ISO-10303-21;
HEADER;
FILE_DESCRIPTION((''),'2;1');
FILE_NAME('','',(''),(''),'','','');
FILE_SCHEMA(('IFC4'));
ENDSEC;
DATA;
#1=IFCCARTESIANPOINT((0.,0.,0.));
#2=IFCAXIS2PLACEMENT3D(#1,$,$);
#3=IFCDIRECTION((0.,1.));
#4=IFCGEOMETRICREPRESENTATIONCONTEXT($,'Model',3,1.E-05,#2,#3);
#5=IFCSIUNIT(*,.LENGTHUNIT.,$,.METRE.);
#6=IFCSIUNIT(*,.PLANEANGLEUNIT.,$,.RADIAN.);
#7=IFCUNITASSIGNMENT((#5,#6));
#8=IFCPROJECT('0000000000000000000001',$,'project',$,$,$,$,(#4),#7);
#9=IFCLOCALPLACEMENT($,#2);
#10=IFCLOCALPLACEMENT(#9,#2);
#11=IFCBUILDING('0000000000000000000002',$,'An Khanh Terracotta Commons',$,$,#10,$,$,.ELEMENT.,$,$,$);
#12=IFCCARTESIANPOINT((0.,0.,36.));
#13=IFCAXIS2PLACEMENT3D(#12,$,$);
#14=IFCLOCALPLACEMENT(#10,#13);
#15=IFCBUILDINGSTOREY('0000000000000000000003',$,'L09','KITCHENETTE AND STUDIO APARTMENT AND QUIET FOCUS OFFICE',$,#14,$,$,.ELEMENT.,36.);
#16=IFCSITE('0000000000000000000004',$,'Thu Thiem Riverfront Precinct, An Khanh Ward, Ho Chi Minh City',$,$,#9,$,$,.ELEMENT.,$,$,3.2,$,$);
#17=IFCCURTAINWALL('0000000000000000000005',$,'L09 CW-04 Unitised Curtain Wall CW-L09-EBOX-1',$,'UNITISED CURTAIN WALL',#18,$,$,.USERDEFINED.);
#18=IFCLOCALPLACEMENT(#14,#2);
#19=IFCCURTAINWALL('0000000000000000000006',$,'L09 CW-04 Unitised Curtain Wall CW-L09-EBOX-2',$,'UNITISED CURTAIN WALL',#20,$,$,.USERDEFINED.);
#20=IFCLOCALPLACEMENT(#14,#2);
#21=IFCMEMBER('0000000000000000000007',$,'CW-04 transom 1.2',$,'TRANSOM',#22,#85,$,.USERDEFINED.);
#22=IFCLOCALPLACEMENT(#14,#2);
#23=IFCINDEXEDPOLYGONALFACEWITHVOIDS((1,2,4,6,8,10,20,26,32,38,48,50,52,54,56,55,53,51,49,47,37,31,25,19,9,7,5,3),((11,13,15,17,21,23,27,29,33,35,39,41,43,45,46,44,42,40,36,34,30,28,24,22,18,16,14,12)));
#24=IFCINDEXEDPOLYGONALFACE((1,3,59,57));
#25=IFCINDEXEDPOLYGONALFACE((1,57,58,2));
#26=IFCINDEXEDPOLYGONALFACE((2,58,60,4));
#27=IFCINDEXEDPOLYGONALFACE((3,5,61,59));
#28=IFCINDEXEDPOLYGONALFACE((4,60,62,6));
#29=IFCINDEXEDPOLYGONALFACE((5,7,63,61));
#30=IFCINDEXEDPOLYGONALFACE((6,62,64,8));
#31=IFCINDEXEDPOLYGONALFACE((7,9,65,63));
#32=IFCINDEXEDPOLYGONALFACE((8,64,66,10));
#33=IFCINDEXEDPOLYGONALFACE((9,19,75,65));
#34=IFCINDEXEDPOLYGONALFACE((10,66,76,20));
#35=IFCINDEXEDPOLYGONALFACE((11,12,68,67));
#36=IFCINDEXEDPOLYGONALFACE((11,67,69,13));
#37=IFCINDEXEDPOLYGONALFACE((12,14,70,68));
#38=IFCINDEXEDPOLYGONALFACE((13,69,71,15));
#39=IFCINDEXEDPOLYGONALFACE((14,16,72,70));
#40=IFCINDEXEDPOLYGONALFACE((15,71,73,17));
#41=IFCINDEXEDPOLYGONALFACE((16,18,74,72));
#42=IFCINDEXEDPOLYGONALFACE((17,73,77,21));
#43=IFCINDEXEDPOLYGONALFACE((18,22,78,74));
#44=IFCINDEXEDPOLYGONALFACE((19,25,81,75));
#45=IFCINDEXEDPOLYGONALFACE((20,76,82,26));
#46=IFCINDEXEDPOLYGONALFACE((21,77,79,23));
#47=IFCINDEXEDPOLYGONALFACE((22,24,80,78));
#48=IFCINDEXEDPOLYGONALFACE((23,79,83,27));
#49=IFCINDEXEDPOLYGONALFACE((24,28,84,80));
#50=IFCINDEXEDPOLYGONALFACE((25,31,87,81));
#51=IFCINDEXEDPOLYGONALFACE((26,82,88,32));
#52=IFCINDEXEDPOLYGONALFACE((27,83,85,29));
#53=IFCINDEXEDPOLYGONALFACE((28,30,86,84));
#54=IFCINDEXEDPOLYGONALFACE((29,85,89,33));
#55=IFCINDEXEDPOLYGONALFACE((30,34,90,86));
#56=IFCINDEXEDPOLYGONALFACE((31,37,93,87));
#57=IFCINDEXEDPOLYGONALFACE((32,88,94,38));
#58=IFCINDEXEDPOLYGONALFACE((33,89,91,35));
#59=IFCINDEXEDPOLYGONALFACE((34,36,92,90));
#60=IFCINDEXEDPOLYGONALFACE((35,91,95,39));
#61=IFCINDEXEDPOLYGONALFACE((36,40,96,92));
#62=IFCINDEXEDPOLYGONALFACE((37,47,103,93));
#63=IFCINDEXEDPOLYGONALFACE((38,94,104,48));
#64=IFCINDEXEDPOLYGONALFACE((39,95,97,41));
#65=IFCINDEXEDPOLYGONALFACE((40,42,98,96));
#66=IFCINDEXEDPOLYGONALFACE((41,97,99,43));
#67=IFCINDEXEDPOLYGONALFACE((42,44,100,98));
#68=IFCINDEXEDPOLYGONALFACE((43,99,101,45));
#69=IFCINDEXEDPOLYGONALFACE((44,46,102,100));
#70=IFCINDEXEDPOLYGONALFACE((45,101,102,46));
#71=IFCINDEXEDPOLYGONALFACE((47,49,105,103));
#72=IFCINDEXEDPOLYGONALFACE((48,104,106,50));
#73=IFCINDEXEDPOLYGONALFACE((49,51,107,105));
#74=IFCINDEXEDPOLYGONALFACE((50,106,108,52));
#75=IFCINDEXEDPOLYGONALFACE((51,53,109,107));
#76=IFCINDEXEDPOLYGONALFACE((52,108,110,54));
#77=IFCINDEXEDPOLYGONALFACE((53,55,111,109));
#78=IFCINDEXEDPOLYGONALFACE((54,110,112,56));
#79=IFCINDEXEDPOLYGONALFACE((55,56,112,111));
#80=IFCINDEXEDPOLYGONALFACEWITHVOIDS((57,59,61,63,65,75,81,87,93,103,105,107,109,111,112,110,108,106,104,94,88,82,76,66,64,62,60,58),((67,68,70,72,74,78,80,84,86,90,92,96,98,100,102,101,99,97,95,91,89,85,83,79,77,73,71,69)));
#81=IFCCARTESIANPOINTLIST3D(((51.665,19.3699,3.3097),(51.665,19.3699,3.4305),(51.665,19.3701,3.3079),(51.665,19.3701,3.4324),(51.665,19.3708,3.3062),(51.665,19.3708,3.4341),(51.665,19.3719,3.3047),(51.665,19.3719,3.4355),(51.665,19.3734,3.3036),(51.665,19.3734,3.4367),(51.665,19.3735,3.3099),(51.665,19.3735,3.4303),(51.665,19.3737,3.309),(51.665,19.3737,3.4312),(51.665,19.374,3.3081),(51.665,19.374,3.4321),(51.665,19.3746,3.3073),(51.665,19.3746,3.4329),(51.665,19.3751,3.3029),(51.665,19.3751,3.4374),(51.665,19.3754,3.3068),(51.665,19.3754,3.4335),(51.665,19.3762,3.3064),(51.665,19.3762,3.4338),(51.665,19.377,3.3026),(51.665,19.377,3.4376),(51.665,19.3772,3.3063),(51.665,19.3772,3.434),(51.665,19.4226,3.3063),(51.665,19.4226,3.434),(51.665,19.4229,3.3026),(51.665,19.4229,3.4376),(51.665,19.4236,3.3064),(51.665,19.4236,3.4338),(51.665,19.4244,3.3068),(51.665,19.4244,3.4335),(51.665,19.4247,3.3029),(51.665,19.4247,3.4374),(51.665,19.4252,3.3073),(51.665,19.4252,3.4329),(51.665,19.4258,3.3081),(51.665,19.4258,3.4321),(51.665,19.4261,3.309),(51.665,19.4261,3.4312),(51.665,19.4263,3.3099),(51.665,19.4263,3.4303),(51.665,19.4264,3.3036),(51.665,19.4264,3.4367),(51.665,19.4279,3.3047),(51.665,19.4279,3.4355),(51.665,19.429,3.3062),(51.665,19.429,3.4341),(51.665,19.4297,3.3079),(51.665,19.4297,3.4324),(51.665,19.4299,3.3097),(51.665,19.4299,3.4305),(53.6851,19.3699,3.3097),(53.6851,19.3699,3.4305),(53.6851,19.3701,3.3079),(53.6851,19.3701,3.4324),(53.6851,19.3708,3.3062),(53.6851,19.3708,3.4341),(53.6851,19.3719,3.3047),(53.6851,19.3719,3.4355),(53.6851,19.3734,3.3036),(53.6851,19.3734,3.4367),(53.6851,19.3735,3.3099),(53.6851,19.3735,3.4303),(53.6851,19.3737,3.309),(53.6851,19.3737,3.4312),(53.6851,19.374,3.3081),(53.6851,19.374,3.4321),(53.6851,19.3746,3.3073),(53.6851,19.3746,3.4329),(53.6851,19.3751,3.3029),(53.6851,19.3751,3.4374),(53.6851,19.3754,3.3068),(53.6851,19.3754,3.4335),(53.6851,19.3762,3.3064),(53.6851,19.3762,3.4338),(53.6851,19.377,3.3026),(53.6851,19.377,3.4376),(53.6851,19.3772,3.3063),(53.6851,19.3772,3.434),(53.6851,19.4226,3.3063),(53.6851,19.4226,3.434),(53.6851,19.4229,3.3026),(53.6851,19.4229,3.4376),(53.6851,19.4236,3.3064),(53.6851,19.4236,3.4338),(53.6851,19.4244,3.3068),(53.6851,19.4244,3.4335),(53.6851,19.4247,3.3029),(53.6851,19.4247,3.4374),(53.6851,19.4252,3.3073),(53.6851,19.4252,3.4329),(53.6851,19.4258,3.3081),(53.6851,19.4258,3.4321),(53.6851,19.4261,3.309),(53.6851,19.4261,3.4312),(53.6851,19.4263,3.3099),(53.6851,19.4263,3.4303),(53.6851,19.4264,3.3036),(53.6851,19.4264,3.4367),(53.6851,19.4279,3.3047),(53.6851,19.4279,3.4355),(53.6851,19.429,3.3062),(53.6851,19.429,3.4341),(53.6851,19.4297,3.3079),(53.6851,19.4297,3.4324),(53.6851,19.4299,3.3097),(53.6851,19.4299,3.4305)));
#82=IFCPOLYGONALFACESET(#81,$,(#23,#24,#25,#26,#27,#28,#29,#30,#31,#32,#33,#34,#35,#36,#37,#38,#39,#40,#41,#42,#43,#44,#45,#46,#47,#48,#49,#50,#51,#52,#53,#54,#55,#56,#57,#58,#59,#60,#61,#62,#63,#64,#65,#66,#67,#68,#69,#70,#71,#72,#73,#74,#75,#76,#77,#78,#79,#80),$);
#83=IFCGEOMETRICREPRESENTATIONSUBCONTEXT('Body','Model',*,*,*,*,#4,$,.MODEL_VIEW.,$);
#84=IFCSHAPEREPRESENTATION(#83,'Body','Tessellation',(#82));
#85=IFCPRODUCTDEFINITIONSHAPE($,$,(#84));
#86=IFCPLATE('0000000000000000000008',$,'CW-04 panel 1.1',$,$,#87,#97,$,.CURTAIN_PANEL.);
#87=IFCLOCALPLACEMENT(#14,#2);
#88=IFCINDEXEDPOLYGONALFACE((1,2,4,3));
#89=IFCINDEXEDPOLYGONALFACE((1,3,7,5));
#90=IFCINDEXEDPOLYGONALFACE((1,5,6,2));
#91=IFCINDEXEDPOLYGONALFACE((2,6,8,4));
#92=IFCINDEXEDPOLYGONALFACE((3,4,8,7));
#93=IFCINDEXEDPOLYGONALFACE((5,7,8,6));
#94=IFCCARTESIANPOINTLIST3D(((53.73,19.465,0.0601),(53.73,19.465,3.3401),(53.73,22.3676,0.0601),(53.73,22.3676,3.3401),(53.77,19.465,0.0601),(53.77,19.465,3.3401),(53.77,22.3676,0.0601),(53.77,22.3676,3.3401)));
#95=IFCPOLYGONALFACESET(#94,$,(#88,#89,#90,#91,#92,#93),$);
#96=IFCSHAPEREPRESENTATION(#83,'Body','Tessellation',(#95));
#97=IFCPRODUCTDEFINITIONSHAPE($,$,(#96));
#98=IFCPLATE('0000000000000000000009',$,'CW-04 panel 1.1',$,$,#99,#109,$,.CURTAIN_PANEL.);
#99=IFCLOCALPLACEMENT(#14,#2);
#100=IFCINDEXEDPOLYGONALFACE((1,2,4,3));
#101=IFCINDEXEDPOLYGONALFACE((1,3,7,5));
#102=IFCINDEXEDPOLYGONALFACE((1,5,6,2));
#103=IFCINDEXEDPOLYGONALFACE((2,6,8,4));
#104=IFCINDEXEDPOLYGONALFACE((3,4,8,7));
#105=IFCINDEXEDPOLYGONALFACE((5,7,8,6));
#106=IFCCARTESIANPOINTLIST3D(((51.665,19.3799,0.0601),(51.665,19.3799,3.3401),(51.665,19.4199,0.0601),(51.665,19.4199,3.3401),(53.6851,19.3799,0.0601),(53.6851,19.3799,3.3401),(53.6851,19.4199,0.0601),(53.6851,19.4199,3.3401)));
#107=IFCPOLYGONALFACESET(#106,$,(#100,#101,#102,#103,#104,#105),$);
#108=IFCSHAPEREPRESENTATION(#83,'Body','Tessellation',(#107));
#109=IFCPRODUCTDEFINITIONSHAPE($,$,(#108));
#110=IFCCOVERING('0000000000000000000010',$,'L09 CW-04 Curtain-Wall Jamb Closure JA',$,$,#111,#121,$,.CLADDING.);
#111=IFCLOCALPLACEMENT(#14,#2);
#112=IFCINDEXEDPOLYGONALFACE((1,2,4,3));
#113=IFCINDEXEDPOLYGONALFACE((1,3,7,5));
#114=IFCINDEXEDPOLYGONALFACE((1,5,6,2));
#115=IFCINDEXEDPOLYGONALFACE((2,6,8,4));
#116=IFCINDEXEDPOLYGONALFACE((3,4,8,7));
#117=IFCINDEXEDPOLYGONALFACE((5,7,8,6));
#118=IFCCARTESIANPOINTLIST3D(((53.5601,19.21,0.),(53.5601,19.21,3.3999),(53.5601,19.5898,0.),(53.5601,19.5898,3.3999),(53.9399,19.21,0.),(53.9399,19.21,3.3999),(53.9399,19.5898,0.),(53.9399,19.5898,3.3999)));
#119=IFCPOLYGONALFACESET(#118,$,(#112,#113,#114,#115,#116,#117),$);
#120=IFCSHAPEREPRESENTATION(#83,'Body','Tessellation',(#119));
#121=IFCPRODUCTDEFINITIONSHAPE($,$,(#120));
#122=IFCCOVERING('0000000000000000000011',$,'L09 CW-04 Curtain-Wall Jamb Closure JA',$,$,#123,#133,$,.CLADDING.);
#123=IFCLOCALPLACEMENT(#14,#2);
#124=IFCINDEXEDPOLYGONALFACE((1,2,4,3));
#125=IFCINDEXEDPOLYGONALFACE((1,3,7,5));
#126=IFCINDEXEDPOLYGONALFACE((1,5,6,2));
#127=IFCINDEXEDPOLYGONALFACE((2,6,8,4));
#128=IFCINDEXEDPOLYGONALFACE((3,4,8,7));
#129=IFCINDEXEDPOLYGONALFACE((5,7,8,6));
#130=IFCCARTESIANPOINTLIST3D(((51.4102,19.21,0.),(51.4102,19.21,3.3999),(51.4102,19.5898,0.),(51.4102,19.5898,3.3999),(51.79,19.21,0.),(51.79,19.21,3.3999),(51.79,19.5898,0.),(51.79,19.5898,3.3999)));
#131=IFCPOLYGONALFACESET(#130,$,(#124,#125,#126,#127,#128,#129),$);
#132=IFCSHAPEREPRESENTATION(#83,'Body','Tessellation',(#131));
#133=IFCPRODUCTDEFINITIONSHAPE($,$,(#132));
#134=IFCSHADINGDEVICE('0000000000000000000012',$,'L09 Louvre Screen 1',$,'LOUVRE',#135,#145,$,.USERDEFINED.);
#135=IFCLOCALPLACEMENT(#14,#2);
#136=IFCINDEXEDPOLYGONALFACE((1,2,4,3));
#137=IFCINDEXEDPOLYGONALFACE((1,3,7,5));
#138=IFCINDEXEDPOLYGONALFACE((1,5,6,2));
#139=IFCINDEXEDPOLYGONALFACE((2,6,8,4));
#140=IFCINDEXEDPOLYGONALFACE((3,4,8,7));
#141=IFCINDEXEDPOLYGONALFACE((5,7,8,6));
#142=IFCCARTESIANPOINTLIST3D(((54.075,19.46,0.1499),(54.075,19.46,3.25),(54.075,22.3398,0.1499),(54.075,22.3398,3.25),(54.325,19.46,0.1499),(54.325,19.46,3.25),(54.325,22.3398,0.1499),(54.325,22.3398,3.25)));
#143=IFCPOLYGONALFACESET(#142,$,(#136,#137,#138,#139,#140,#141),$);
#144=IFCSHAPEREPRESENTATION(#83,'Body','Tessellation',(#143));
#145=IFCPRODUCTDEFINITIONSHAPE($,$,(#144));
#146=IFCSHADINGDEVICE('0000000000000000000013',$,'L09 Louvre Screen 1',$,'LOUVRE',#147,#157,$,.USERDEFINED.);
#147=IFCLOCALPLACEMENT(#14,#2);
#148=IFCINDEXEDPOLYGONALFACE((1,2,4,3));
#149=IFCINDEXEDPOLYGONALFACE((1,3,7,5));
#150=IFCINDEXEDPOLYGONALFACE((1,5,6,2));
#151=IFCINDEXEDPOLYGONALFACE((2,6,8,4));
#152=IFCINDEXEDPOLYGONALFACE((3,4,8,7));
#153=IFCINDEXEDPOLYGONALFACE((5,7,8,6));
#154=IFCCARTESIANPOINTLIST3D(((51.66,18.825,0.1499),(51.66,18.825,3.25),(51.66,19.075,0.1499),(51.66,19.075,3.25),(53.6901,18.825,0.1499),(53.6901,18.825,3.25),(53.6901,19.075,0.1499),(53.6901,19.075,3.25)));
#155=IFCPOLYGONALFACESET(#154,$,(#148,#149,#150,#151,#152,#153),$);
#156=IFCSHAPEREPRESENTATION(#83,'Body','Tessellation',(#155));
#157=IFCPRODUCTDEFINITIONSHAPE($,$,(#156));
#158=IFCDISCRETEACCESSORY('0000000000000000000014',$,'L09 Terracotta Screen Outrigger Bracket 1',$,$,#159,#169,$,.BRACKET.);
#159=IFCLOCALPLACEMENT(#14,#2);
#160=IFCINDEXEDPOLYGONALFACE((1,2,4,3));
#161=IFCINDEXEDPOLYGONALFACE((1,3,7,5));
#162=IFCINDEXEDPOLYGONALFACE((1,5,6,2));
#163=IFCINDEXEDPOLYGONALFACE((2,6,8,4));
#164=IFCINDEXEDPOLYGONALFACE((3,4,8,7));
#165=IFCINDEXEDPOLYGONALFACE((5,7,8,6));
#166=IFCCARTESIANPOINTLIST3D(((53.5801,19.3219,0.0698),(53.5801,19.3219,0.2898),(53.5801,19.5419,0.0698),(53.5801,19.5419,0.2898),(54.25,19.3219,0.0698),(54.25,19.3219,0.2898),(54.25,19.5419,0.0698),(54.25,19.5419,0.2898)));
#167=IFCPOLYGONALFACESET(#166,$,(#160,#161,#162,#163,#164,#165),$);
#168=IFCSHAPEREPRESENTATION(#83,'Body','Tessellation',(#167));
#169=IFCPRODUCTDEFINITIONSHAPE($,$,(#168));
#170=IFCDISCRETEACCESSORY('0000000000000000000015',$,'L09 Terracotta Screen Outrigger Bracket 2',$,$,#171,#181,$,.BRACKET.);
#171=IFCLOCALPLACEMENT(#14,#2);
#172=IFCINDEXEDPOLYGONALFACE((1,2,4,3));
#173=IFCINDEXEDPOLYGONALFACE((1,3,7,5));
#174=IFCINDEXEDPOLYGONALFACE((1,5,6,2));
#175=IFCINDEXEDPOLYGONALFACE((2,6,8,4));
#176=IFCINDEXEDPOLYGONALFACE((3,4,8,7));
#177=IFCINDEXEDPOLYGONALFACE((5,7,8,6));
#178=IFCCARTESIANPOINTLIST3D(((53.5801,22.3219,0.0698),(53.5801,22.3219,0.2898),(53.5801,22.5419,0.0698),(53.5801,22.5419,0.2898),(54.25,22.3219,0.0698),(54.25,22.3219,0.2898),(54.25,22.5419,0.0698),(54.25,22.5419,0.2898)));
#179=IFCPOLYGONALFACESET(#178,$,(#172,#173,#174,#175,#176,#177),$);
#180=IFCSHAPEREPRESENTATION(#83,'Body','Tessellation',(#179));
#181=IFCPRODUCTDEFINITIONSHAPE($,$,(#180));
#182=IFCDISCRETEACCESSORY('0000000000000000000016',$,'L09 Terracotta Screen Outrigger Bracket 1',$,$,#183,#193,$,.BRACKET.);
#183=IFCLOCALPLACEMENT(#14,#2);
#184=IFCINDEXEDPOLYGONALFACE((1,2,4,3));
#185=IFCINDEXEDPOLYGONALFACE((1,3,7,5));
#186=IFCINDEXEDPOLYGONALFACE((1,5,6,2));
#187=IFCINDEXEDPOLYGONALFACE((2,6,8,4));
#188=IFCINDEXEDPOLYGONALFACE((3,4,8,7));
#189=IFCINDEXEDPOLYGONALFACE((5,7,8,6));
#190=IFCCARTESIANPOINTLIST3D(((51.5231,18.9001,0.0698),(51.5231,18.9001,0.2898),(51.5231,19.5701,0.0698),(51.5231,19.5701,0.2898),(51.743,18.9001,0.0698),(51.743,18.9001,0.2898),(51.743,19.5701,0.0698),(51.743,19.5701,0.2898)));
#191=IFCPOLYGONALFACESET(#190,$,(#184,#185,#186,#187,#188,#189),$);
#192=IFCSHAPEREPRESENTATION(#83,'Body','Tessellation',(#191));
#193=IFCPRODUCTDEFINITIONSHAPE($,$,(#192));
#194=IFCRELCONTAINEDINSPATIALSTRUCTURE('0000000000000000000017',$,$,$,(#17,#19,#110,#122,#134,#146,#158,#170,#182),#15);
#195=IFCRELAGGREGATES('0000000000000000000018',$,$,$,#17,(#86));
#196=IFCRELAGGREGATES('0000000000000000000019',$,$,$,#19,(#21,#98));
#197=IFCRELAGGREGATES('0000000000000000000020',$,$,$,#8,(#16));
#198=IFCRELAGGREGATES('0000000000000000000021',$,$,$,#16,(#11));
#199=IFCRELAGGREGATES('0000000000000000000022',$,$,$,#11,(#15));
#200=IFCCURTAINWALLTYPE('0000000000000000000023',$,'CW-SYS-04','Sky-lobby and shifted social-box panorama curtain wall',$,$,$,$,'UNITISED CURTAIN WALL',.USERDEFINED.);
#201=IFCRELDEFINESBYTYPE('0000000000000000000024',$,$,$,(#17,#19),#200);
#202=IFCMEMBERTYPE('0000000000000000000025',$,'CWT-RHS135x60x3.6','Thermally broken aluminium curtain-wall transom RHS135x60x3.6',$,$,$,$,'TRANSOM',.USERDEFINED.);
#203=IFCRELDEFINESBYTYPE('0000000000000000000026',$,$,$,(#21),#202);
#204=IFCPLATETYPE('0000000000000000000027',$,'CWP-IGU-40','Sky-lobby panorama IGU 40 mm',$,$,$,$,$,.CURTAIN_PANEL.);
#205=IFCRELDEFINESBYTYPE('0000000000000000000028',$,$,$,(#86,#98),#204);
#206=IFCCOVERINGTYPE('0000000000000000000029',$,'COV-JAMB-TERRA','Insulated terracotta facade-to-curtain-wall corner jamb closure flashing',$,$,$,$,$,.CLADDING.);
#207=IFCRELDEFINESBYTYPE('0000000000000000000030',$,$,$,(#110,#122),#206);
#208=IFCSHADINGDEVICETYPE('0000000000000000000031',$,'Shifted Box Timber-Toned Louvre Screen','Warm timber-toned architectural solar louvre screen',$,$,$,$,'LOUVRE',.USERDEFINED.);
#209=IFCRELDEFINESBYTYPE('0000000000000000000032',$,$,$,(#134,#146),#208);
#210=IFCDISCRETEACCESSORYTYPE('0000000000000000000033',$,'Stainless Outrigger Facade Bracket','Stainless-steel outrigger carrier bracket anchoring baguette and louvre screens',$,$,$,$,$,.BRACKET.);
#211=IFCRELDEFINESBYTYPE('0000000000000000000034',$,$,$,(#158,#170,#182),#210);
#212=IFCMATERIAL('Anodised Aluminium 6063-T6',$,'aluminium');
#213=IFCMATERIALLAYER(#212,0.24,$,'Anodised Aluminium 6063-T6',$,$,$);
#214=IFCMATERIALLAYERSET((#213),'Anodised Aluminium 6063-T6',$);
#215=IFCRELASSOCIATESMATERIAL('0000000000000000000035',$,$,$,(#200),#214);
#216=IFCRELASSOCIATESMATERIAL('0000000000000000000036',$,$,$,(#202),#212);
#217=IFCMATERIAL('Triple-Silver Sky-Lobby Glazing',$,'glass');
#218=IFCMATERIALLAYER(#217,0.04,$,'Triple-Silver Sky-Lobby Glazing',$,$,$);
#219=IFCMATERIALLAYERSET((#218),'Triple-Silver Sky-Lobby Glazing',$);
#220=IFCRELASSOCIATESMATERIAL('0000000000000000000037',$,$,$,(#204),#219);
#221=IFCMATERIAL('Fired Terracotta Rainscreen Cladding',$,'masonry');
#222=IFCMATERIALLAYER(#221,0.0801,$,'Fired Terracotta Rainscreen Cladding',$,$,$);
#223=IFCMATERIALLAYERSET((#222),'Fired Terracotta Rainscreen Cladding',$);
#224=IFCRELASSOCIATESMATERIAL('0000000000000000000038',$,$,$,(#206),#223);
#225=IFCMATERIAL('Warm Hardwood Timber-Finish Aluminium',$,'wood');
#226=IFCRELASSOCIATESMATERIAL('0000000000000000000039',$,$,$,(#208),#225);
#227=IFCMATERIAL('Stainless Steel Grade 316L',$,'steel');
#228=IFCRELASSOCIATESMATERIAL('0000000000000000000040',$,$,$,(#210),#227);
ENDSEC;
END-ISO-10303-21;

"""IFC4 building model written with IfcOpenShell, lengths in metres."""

from ifc_helpers import new_model, si_unit, direction, frame, origin, origin_2d, place, context, subcontext, project, spatial, rectangle, hollow_rectangle, extrude, material, layer, layer_set, material_profile, profile_set, type_object, element, aggregate, save


model = new_model("IFC4")

# Units and contexts
model_context = context("Model", 3, precision=1e-05, world=origin(), true_north=direction((0.0, 1.0)))
body_context = subcontext(model_context, "Body", "Model", "MODEL_VIEW")
ifc_project = project(units=[si_unit("LENGTHUNIT", "METRE"), si_unit("PLANEANGLEUNIT", "RADIAN")], contexts=[model_context])

# Site, building, storey
site_placement = place(None, origin())
site = spatial("IfcSite", under=ifc_project, at=site_placement, Name="Thu Thiem Riverfront Precinct, An Khanh Ward, Ho Chi Minh City", CompositionType="ELEMENT", RefElevation=3.2)
building_placement = place(site_placement, origin())
building = spatial("IfcBuilding", under=site, at=building_placement, Name="An Khanh Terracotta Commons", CompositionType="ELEMENT")
storey_placement = place(building_placement, frame((0.0, 0.0, 36.0)))
storey = spatial("IfcBuildingStorey", under=building, at=storey_placement, Name="L09", Description="KITCHENETTE AND STUDIO APARTMENT AND QUIET FOCUS OFFICE", CompositionType="ELEMENT", Elevation=36.0)

# Curtain walls
ifc_material_1 = material(Name="Anodised Aluminium 6063-T6", Category="aluminium")
ifc_layer_1 = layer(ifc_material_1, 0.24, Name="Anodised Aluminium 6063-T6")
ifc_layer_set_1 = layer_set([ifc_layer_1], Name="Anodised Aluminium 6063-T6")
curtain_wall_type = type_object("IfcCurtainWallType", Name="CW-SYS-04", Description="Sky-lobby and shifted social-box panorama curtain wall", ElementType="UNITISED CURTAIN WALL", PredefinedType="USERDEFINED", material=ifc_layer_set_1)
curtain_wall_1_placement = place(storey_placement, origin())
curtain_wall_1 = element("IfcCurtainWall", 1, at=curtain_wall_1_placement, inside=storey, type_object=curtain_wall_type, Name="L09 CW-04 Unitised Curtain Wall CW-L09-EBOX-1", ObjectType="UNITISED CURTAIN WALL", PredefinedType="USERDEFINED")
curtain_wall_2_placement = place(storey_placement, origin())
curtain_wall_2 = element("IfcCurtainWall", 2, at=curtain_wall_2_placement, inside=storey, type_object=curtain_wall_type, Name="L09 CW-04 Unitised Curtain Wall CW-L09-EBOX-2", ObjectType="UNITISED CURTAIN WALL", PredefinedType="USERDEFINED")

# Member
ifc_material_profile_1 = material_profile(ifc_material_1, hollow_rectangle(XDim=0.0601, YDim=0.135, WallThickness=0.0037, InnerFilletRadius=0.0037, OuterFilletRadius=0.0071, at=origin_2d()), Name="RHS135x60x3.6")
ifc_profile_set_1 = profile_set([ifc_material_profile_1], Name="Anodised Aluminium 6063-T6")
member_type_1 = type_object("IfcMemberType", Name="CWT-RHS135x60x3.6", Description="Thermally broken aluminium curtain-wall transom RHS135x60x3.6", ElementType="TRANSOM", PredefinedType="USERDEFINED", material=ifc_profile_set_1)
member_1_placement = place(storey_placement, frame((51.665, 19.3999, 3.3701), z_axis=(1.0, 0.0, 0.0), x_axis=(0.0, 1.0, 0.0)))
member_1 = element("IfcMember", 3, at=member_1_placement, type_object=member_type_1, Name="CW-04 transom 1.2", ObjectType="TRANSOM", PredefinedType="USERDEFINED", context=body_context, shape_type="SweptSolid", body=[
    extrude(hollow_rectangle(XDim=0.0601, YDim=0.135, WallThickness=0.0037, InnerFilletRadius=0.0037, OuterFilletRadius=0.0071, at=origin_2d()), origin(), (0.0, 0.0, 1.0), 2.02),
])

# Plates
ifc_material_2 = material(Name="Triple-Silver Sky-Lobby Glazing", Category="glass")
ifc_layer_2 = layer(ifc_material_2, 0.04, Name="Triple-Silver Sky-Lobby Glazing")
ifc_layer_set_2 = layer_set([ifc_layer_2], Name="Triple-Silver Sky-Lobby Glazing")
plate_type = type_object("IfcPlateType", Name="CWP-IGU-40", Description="Sky-lobby panorama IGU 40 mm", PredefinedType="CURTAIN_PANEL", material=ifc_layer_set_2)
plate_1_placement = place(storey_placement, frame((53.75, 20.9163, 0.0601), z_axis=(0.0, 0.0, 1.0), x_axis=(0.0, 1.0, 0.0)))
plate_1 = element("IfcPlate", 4, at=plate_1_placement, type_object=plate_type, Name="CW-04 panel 1.1", PredefinedType="CURTAIN_PANEL", context=body_context, shape_type="SweptSolid", body=[
    extrude(rectangle(XDim=2.9026, YDim=0.04, at=origin_2d()), origin(), (0.0, 0.0, 1.0), 3.28),
])
aggregate(curtain_wall_1, [plate_1])
plate_2_placement = place(storey_placement, frame((52.675, 19.3999, 0.0601), z_axis=(0.0, 0.0, 1.0), x_axis=(1.0, 0.0, 0.0)))
plate_2 = element("IfcPlate", 5, at=plate_2_placement, type_object=plate_type, Name="CW-04 panel 1.1", PredefinedType="CURTAIN_PANEL", context=body_context, shape_type="SweptSolid", body=[
    extrude(rectangle(XDim=2.02, YDim=0.04, at=origin_2d()), origin(), (0.0, 0.0, 1.0), 3.28),
])
aggregate(curtain_wall_2, [member_1, plate_2])

# Coverings
ifc_material_3 = material(Name="Fired Terracotta Rainscreen Cladding", Category="masonry")
ifc_layer_3 = layer(ifc_material_3, 0.0801, Name="Fired Terracotta Rainscreen Cladding")
ifc_layer_set_3 = layer_set([ifc_layer_3], Name="Fired Terracotta Rainscreen Cladding")
covering_type = type_object("IfcCoveringType", Name="COV-JAMB-TERRA", Description="Insulated terracotta facade-to-curtain-wall corner jamb closure flashing", PredefinedType="CLADDING", material=ifc_layer_set_3)
for number, where, z_axis, x_axis, name in (
    (6, (53.75, 19.3999, 0.0), (0.0, 0.0, 1.0), (1.0, 0.0, 0.0), "L09 CW-04 Curtain-Wall Jamb Closure JA"),
    (7, (51.6001, 19.3999, 0.0), (0.0, 0.0, 1.0), (1.0, 0.0, 0.0), "L09 CW-04 Curtain-Wall Jamb Closure JA"),
):
    element("IfcCovering", number, at=place(storey_placement, frame(where, z_axis=z_axis, x_axis=x_axis)), inside=storey, type_object=covering_type, Name=name, PredefinedType="CLADDING", context=body_context, shape_type="SweptSolid", body=[
        extrude(rectangle(XDim=0.3799, YDim=0.3799, at=origin_2d()), origin(), (0.0, 0.0, 1.0), 3.3999),
    ])

# Shading devices
ifc_material_4 = material(Name="Warm Hardwood Timber-Finish Aluminium", Category="wood")
shading_device_type = type_object("IfcShadingDeviceType", Name="Shifted Box Timber-Toned Louvre Screen", Description="Warm timber-toned architectural solar louvre screen", ElementType="LOUVRE", PredefinedType="USERDEFINED", material=ifc_material_4)
shading_device_1_placement = place(storey_placement, frame((54.2, 20.8999, 0.1499), z_axis=(0.0, 0.0, 1.0), x_axis=(0.0, 1.0, 0.0)))
element("IfcShadingDevice", 8, at=shading_device_1_placement, inside=storey, type_object=shading_device_type, Name="L09 Louvre Screen 1", ObjectType="LOUVRE", PredefinedType="USERDEFINED", context=body_context, shape_type="SweptSolid", body=[
    extrude(rectangle(XDim=2.8799, YDim=0.25, at=origin_2d()), origin(), (0.0, 0.0, 1.0), 3.1001),
])
shading_device_2_placement = place(storey_placement, frame((52.675, 18.95, 0.1499), z_axis=(0.0, 0.0, 1.0), x_axis=(1.0, 0.0, 0.0)))
element("IfcShadingDevice", 9, at=shading_device_2_placement, inside=storey, type_object=shading_device_type, Name="L09 Louvre Screen 1", ObjectType="LOUVRE", PredefinedType="USERDEFINED", context=body_context, shape_type="SweptSolid", body=[
    extrude(rectangle(XDim=2.03, YDim=0.25, at=origin_2d()), origin(), (0.0, 0.0, 1.0), 3.1001),
])

# Discrete accessories
ifc_material_5 = material(Name="Stainless Steel Grade 316L", Category="steel")
discrete_accessory_type = type_object("IfcDiscreteAccessoryType", Name="Stainless Outrigger Facade Bracket", Description="Stainless-steel outrigger carrier bracket anchoring baguette and louvre screens", PredefinedType="BRACKET", material=ifc_material_5)
for number, where, z_axis, x_axis, name in (
    (10, (53.915, 19.4319, 0.0698), (0.0, 0.0, 1.0), (0.0, 1.0, 0.0), "L09 Terracotta Screen Outrigger Bracket 1"),
    (11, (53.915, 22.4319, 0.0698), (0.0, 0.0, 1.0), (0.0, 1.0, 0.0), "L09 Terracotta Screen Outrigger Bracket 2"),
    (12, (51.6331, 19.2351, 0.0698), (0.0, 0.0, 1.0), (1.0, 0.0, 0.0), "L09 Terracotta Screen Outrigger Bracket 1"),
):
    element("IfcDiscreteAccessory", number, at=place(storey_placement, frame(where, z_axis=z_axis, x_axis=x_axis)), inside=storey, type_object=discrete_accessory_type, Name=name, PredefinedType="BRACKET", context=body_context, shape_type="SweptSolid", body=[
        extrude(rectangle(XDim=0.22, YDim=0.6699, at=origin_2d()), origin(), (0.0, 0.0, 1.0), 0.22),
    ])

save(model, "model.ifc")
